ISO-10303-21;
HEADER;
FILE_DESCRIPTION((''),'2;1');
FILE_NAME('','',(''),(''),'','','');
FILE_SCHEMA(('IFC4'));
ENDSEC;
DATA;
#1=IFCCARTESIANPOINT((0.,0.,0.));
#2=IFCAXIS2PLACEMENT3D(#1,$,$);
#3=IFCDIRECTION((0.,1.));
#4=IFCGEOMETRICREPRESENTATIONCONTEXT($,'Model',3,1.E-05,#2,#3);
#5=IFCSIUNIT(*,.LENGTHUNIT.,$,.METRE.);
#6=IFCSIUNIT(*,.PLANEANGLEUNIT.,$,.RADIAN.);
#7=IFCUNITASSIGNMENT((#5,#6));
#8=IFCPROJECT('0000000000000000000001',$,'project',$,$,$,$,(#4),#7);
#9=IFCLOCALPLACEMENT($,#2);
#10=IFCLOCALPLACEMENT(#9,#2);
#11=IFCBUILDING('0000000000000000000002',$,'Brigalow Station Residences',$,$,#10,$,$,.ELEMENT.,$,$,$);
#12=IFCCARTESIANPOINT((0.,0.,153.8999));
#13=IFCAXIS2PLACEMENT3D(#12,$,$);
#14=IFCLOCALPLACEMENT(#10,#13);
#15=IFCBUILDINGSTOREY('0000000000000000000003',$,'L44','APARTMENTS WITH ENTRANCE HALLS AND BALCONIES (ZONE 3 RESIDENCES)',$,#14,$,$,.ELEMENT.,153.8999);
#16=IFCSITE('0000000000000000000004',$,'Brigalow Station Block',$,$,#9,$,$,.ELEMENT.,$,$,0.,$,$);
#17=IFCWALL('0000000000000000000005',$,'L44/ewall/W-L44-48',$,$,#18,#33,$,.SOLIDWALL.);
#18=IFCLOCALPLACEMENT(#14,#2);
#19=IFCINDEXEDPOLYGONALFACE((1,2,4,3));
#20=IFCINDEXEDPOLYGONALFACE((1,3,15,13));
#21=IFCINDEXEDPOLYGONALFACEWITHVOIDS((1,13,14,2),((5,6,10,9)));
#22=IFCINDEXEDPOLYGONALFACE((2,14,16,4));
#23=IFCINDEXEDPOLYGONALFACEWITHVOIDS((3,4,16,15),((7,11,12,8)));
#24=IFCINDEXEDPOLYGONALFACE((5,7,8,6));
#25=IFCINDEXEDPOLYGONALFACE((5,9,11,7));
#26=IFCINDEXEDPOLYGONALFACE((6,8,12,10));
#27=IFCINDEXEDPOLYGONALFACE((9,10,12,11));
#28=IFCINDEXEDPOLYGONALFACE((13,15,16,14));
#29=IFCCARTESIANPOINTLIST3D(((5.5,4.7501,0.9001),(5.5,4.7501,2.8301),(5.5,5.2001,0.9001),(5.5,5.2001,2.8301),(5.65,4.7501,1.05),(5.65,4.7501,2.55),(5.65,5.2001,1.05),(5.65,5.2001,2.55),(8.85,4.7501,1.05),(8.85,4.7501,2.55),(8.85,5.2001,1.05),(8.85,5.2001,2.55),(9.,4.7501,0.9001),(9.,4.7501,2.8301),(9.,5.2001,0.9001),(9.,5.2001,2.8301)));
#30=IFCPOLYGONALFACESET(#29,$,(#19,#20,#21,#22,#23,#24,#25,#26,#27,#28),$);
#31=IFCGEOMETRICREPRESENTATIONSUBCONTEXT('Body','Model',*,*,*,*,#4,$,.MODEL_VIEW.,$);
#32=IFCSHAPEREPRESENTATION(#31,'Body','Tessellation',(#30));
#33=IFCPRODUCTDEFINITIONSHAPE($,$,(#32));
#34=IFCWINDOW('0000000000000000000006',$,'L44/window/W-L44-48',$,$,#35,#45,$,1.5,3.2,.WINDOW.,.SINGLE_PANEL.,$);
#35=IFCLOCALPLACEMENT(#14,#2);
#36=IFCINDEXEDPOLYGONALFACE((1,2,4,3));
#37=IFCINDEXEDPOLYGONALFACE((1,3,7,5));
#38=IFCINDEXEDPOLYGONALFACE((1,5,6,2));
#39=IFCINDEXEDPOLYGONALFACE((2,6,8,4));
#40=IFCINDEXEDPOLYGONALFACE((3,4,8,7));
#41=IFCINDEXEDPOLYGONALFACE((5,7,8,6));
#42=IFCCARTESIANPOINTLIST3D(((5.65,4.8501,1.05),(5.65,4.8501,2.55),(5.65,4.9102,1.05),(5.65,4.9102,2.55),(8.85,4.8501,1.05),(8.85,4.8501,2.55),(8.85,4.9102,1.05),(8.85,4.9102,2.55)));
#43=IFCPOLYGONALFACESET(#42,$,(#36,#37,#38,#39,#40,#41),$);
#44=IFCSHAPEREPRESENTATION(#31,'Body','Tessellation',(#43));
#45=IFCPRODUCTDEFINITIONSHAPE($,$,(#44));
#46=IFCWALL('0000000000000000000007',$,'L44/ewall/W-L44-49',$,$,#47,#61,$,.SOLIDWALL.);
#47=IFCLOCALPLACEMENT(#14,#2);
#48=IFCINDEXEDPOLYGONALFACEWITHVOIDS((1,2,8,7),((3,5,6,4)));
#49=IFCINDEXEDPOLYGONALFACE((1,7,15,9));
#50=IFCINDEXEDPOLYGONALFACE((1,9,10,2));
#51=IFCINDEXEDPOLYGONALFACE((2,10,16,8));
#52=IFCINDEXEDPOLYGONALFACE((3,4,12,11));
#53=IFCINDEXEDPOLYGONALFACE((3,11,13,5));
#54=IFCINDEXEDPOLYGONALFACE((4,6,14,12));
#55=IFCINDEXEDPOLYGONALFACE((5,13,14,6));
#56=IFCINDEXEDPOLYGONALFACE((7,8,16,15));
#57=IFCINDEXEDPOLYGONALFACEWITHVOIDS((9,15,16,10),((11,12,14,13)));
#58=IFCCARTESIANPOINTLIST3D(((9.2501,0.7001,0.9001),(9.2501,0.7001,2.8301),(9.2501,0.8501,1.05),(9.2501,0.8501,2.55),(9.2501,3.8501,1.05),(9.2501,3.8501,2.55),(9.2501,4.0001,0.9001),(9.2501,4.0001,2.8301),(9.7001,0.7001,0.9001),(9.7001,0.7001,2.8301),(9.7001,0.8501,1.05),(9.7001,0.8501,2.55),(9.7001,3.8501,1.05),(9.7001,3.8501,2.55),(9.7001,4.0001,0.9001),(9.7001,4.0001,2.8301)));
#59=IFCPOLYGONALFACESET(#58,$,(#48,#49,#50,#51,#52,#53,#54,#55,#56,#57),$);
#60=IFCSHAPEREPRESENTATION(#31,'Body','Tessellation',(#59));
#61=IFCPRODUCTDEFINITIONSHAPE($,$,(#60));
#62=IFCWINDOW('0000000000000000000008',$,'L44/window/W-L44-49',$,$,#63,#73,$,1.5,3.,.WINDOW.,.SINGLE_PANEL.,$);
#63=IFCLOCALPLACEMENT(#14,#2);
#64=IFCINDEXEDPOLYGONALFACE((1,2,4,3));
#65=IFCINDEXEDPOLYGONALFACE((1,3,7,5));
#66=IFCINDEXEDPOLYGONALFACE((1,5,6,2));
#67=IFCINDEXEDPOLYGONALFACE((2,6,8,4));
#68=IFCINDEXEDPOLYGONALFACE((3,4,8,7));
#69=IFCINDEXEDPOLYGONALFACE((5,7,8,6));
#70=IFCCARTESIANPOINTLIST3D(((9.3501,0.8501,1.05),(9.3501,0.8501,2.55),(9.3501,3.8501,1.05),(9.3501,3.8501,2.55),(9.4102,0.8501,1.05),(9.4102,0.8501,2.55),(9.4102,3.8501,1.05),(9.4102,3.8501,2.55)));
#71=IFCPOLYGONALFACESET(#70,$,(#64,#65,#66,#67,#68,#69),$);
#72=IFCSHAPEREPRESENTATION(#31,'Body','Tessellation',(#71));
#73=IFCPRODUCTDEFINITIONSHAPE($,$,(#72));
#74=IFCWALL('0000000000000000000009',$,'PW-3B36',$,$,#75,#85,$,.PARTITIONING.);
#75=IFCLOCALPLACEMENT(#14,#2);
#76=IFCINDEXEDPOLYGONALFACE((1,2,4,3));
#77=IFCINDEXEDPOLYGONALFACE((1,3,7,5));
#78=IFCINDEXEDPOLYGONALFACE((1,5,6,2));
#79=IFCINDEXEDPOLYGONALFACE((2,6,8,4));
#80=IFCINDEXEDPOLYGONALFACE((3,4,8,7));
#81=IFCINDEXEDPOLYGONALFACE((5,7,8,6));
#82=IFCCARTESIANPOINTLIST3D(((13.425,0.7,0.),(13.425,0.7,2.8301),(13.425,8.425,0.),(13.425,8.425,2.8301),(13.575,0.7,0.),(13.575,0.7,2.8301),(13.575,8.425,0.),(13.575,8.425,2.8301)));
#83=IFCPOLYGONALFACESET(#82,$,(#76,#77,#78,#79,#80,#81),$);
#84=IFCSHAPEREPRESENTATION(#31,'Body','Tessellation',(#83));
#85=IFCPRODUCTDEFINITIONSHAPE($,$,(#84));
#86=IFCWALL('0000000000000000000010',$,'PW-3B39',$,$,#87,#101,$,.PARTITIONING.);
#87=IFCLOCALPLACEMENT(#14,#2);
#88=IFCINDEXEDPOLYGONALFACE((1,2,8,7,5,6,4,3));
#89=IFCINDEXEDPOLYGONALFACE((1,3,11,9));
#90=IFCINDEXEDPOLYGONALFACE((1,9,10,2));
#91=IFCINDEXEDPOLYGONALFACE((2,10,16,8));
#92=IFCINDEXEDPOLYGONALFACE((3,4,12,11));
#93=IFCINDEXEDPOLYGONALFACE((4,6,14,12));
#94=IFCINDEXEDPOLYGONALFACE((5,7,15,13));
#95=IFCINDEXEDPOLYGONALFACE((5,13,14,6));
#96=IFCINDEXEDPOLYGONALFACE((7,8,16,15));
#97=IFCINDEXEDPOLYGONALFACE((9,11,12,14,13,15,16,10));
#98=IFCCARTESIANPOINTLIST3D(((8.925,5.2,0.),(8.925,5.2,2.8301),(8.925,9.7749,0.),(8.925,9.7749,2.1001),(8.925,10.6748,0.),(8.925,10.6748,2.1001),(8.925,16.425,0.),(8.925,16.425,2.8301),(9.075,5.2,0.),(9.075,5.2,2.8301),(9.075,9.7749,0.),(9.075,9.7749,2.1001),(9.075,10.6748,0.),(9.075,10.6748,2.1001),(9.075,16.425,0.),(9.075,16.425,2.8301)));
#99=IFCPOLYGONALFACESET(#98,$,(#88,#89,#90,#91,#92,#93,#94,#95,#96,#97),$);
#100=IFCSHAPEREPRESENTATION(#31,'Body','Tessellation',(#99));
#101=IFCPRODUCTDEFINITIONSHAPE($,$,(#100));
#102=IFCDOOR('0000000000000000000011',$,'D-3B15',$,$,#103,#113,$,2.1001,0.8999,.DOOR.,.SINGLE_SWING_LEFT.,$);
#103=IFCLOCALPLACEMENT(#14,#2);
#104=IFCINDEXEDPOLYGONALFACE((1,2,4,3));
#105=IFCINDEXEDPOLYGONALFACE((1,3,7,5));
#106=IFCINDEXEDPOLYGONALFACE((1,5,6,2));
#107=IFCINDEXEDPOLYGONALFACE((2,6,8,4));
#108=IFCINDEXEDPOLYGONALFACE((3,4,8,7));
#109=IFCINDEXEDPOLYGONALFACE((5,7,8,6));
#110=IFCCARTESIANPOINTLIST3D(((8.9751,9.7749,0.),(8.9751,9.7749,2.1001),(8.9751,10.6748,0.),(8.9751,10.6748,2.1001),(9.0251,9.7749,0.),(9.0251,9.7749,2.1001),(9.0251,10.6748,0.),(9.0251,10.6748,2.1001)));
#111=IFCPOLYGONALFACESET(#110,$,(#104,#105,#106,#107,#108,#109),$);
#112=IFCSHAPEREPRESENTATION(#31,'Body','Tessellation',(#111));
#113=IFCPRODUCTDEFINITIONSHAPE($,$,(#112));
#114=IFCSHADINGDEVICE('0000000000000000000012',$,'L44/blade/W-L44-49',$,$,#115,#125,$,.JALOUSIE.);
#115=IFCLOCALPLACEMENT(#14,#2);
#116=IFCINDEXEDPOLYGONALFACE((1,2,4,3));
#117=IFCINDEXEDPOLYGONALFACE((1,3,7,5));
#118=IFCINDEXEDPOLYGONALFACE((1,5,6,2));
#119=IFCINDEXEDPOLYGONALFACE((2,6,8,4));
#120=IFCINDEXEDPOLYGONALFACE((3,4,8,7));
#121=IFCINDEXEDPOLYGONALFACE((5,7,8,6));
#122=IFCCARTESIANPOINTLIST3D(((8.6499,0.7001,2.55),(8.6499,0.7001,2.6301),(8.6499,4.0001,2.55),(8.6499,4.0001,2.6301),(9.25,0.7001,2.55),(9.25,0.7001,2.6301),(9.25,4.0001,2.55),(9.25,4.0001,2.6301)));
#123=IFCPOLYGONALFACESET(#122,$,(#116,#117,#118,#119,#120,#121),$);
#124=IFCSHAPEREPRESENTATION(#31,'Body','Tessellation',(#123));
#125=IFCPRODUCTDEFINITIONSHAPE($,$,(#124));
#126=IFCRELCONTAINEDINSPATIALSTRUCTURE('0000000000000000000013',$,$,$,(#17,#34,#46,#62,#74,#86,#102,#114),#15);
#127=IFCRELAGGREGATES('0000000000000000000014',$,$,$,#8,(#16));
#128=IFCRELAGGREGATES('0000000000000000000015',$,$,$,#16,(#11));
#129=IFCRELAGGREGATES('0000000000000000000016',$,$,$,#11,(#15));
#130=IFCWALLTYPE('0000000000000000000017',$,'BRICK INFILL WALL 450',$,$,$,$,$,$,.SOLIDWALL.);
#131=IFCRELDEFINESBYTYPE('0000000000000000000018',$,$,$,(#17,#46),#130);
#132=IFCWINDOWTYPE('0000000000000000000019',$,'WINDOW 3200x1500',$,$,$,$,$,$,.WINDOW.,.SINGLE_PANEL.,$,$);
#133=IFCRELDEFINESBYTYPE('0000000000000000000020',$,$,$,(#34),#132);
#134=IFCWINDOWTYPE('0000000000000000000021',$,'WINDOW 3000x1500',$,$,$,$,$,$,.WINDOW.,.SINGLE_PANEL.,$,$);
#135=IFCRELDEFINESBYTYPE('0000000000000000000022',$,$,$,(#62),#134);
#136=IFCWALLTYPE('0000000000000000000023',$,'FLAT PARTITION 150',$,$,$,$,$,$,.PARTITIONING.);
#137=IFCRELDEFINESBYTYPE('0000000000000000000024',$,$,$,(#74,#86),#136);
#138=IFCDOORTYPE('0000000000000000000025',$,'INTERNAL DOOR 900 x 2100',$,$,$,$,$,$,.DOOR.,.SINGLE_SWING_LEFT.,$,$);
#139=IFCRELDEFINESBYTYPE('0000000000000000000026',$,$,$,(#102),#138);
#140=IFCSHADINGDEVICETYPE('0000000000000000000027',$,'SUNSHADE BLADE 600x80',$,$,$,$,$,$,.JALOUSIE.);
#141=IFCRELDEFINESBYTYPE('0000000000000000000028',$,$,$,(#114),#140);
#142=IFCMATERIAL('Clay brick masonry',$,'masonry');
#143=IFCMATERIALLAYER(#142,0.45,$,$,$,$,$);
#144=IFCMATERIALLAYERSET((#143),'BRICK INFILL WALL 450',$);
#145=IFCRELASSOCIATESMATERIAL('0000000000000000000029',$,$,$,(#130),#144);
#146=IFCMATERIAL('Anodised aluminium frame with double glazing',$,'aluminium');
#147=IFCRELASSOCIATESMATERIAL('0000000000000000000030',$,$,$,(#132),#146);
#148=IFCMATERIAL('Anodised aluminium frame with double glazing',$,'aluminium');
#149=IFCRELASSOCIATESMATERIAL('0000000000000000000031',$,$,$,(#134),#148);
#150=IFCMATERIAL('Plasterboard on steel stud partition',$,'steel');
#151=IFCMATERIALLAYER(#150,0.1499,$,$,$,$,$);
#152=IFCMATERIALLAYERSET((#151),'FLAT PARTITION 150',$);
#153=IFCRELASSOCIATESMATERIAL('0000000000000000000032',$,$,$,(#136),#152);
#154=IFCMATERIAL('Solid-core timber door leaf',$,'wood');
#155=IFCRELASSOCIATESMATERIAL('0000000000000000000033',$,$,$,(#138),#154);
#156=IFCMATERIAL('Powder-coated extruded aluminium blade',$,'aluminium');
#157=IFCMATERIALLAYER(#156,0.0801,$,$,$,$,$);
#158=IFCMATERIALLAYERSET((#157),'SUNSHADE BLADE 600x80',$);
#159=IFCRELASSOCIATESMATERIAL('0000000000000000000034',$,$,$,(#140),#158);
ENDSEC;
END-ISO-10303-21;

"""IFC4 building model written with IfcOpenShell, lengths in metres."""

from ifc_helpers import new_model, si_unit, direction, frame, frame_2d, origin, origin_2d, place, context, subcontext, project, spatial, rectangle, extrude, material, layer, layer_set, type_object, element, fill, save


model = new_model("IFC4")

# Units and contexts
model_context = context("Model", 3, precision=1e-05, world=origin(), true_north=direction((0.0, 1.0)))
body_context = subcontext(model_context, "Body", "Model", "MODEL_VIEW")
ifc_project = project(units=[si_unit("LENGTHUNIT", "METRE"), si_unit("PLANEANGLEUNIT", "RADIAN")], contexts=[model_context])

# Site, building, storey
site_placement = place(None, origin())
site = spatial("IfcSite", under=ifc_project, at=site_placement, Name="Brigalow Station Block", CompositionType="ELEMENT", RefElevation=0.0)
building_placement = place(site_placement, origin())
building = spatial("IfcBuilding", under=site, at=building_placement, Name="Brigalow Station Residences", CompositionType="ELEMENT")
storey_placement = place(building_placement, frame((0.0, 0.0, 153.8999)))
storey = spatial("IfcBuildingStorey", under=building, at=storey_placement, Name="L44", Description="APARTMENTS WITH ENTRANCE HALLS AND BALCONIES (ZONE 3 RESIDENCES)", CompositionType="ELEMENT", Elevation=153.8999)

# Walls, openings, windows
ifc_material_1 = material(Name="Clay brick masonry", Category="masonry")
ifc_layer_1 = layer(ifc_material_1, 0.45)
ifc_layer_set_1 = layer_set([ifc_layer_1], Name="BRICK INFILL WALL 450")
wall_type_1 = type_object("IfcWallType", Name="BRICK INFILL WALL 450", PredefinedType="SOLIDWALL", material=ifc_layer_set_1)
wall_1_placement = place(storey_placement, frame((5.5, 4.9751, 0.9001), z_axis=(0.0, 0.0, 1.0), x_axis=(1.0, 0.0, 0.0)))
wall_1 = element("IfcWall", 1, at=wall_1_placement, inside=storey, type_object=wall_type_1, Name="L44/ewall/W-L44-48", PredefinedType="SOLIDWALL", context=body_context, shape_type="SweptSolid", body=[
    extrude(rectangle(XDim=3.5, YDim=0.45, at=frame_2d((1.75, 0.0))), origin(), (0.0, 0.0, 1.0), 1.9299),
])
opening_1_placement = place(wall_1_placement, frame((0.1499, 0.0, 0.1499)))
opening_1 = element("IfcOpeningElement", 2, at=opening_1_placement, cuts=wall_1, PredefinedType="OPENING", context=body_context, shape_type="SweptSolid", body=[
    extrude(rectangle(XDim=3.2, YDim=1.5, at=frame_2d((1.6001, 0.75))), frame((0.0, 0.2349, 0.0), z_axis=(0.0, -1.0, 0.0), x_axis=(1.0, 0.0, 0.0)), (0.0, 0.0, 1.0), 0.47),
])
ifc_material_2 = material(Name="Anodised aluminium frame with double glazing", Category="aluminium")
window_type_1 = type_object("IfcWindowType", Name="WINDOW 3200x1500", PartitioningType="SINGLE_PANEL", PredefinedType="WINDOW", material=ifc_material_2)
window_1_placement = place(opening_1_placement, origin())
window_1 = element("IfcWindow", 3, at=window_1_placement, inside=storey, type_object=window_type_1, Name="L44/window/W-L44-48", OverallHeight=1.5, OverallWidth=3.2, PartitioningType="SINGLE_PANEL", PredefinedType="WINDOW", context=body_context, shape_type="SweptSolid", body=[
    extrude(rectangle(XDim=3.2, YDim=1.5, at=frame_2d((1.6001, 0.75))), frame((0.0, -0.0649, 0.0), z_axis=(0.0, -1.0, 0.0), x_axis=(1.0, 0.0, 0.0)), (0.0, 0.0, 1.0), 0.0601),
])
fill(opening_1, window_1)
wall_2_placement = place(storey_placement, frame((9.4751, 4.0, 0.9001), z_axis=(0.0, 0.0, 1.0), x_axis=(0.0, -1.0, 0.0)))
wall_2 = element("IfcWall", 4, at=wall_2_placement, inside=storey, type_object=wall_type_1, Name="L44/ewall/W-L44-49", PredefinedType="SOLIDWALL", context=body_context, shape_type="SweptSolid", body=[
    extrude(rectangle(XDim=3.3, YDim=0.45, at=frame_2d((1.6499, 0.0))), origin(), (0.0, 0.0, 1.0), 1.9299),
])
opening_2_placement = place(wall_2_placement, frame((0.1499, 0.0, 0.1499)))
opening_2 = element("IfcOpeningElement", 5, at=opening_2_placement, cuts=wall_2, PredefinedType="OPENING", context=body_context, shape_type="SweptSolid", body=[
    extrude(rectangle(XDim=3.0, YDim=1.5, at=frame_2d((1.5, 0.75))), frame((0.0, 0.2349, 0.0), z_axis=(0.0, -1.0, 0.0), x_axis=(1.0, 0.0, 0.0)), (0.0, 0.0, 1.0), 0.47),
])
ifc_material_3 = material(Name="Anodised aluminium frame with double glazing", Category="aluminium")
window_type_2 = type_object("IfcWindowType", Name="WINDOW 3000x1500", PartitioningType="SINGLE_PANEL", PredefinedType="WINDOW", material=ifc_material_3)
window_2_placement = place(opening_2_placement, origin())
window_2 = element("IfcWindow", 6, at=window_2_placement, inside=storey, type_object=window_type_2, Name="L44/window/W-L44-49", OverallHeight=1.5, OverallWidth=3.0, PartitioningType="SINGLE_PANEL", PredefinedType="WINDOW", context=body_context, shape_type="SweptSolid", body=[
    extrude(rectangle(XDim=3.0, YDim=1.5, at=frame_2d((1.5, 0.75))), frame((0.0, -0.0649, 0.0), z_axis=(0.0, -1.0, 0.0), x_axis=(1.0, 0.0, 0.0)), (0.0, 0.0, 1.0), 0.0601),
])
fill(opening_2, window_2)

# Wall
ifc_material_4 = material(Name="Plasterboard on steel stud partition", Category="steel")
ifc_layer_2 = layer(ifc_material_4, 0.1499)
ifc_layer_set_2 = layer_set([ifc_layer_2], Name="FLAT PARTITION 150")
wall_type_2 = type_object("IfcWallType", Name="FLAT PARTITION 150", PredefinedType="PARTITIONING", material=ifc_layer_set_2)
wall_3_placement = place(storey_placement, frame((13.5, 0.7, 0.0), z_axis=(0.0, 0.0, 1.0), x_axis=(0.0, 1.0, 0.0)))
element("IfcWall", 7, at=wall_3_placement, inside=storey, type_object=wall_type_2, Name="PW-3B36", PredefinedType="PARTITIONING", context=body_context, shape_type="SweptSolid", body=[
    extrude(rectangle(XDim=7.7251, YDim=0.1499, at=frame_2d((3.8625, 0.0))), origin(), (0.0, 0.0, 1.0), 2.8301),
])

# Wall, opening, door
wall_4_placement = place(storey_placement, frame((9.0, 5.2, 0.0), z_axis=(0.0, 0.0, 1.0), x_axis=(0.0, 1.0, 0.0)))
wall_4 = element("IfcWall", 8, at=wall_4_placement, inside=storey, type_object=wall_type_2, Name="PW-3B39", PredefinedType="PARTITIONING", context=body_context, shape_type="SweptSolid", body=[
    extrude(rectangle(XDim=11.2251, YDim=0.1499, at=frame_2d((5.6125, 0.0))), origin(), (0.0, 0.0, 1.0), 2.8301),
])
opening_3_placement = place(wall_4_placement, frame((4.575, 0.0, 0.0)))
opening_3 = element("IfcOpeningElement", 9, at=opening_3_placement, cuts=wall_4, PredefinedType="OPENING", context=body_context, shape_type="SweptSolid", body=[
    extrude(rectangle(XDim=0.8999, YDim=2.1001, at=frame_2d((0.45, 1.05))), frame((0.0, 0.085, 0.0), z_axis=(0.0, -1.0, 0.0), x_axis=(1.0, 0.0, 0.0)), (0.0, 0.0, 1.0), 0.1699),
])
ifc_material_5 = material(Name="Solid-core timber door leaf", Category="wood")
door_type = type_object("IfcDoorType", Name="INTERNAL DOOR 900 x 2100", OperationType="SINGLE_SWING_LEFT", PredefinedType="DOOR", material=ifc_material_5)
door_placement = place(opening_3_placement, origin())
door = element("IfcDoor", 10, at=door_placement, inside=storey, type_object=door_type, Name="D-3B15", OperationType="SINGLE_SWING_LEFT", OverallHeight=2.1001, OverallWidth=0.8999, PredefinedType="DOOR", context=body_context, shape_type="SweptSolid", body=[
    extrude(rectangle(XDim=0.8999, YDim=2.1001, at=frame_2d((0.45, 1.05))), frame((0.0, 0.0249, 0.0), z_axis=(0.0, -1.0, 0.0), x_axis=(1.0, 0.0, 0.0)), (0.0, 0.0, 1.0), 0.05),
])
fill(opening_3, door)

# Shading device
ifc_material_6 = material(Name="Powder-coated extruded aluminium blade", Category="aluminium")
ifc_layer_3 = layer(ifc_material_6, 0.0801)
ifc_layer_set_3 = layer_set([ifc_layer_3], Name="SUNSHADE BLADE 600x80")
shading_device_type = type_object("IfcShadingDeviceType", Name="SUNSHADE BLADE 600x80", PredefinedType="JALOUSIE", material=ifc_layer_set_3)
shading_device_placement = place(storey_placement, frame((8.95, 2.3501, 2.55), z_axis=(0.0, 0.0, 1.0), x_axis=(0.0, -1.0, 0.0)))
element("IfcShadingDevice", 11, at=shading_device_placement, inside=storey, type_object=shading_device_type, Name="L44/blade/W-L44-49", PredefinedType="JALOUSIE", context=body_context, shape_type="SweptSolid", body=[
    extrude(rectangle(XDim=3.3, YDim=0.6001, at=origin_2d()), origin(), (0.0, 0.0, 1.0), 0.0801),
])

save(model, "model.ifc")
